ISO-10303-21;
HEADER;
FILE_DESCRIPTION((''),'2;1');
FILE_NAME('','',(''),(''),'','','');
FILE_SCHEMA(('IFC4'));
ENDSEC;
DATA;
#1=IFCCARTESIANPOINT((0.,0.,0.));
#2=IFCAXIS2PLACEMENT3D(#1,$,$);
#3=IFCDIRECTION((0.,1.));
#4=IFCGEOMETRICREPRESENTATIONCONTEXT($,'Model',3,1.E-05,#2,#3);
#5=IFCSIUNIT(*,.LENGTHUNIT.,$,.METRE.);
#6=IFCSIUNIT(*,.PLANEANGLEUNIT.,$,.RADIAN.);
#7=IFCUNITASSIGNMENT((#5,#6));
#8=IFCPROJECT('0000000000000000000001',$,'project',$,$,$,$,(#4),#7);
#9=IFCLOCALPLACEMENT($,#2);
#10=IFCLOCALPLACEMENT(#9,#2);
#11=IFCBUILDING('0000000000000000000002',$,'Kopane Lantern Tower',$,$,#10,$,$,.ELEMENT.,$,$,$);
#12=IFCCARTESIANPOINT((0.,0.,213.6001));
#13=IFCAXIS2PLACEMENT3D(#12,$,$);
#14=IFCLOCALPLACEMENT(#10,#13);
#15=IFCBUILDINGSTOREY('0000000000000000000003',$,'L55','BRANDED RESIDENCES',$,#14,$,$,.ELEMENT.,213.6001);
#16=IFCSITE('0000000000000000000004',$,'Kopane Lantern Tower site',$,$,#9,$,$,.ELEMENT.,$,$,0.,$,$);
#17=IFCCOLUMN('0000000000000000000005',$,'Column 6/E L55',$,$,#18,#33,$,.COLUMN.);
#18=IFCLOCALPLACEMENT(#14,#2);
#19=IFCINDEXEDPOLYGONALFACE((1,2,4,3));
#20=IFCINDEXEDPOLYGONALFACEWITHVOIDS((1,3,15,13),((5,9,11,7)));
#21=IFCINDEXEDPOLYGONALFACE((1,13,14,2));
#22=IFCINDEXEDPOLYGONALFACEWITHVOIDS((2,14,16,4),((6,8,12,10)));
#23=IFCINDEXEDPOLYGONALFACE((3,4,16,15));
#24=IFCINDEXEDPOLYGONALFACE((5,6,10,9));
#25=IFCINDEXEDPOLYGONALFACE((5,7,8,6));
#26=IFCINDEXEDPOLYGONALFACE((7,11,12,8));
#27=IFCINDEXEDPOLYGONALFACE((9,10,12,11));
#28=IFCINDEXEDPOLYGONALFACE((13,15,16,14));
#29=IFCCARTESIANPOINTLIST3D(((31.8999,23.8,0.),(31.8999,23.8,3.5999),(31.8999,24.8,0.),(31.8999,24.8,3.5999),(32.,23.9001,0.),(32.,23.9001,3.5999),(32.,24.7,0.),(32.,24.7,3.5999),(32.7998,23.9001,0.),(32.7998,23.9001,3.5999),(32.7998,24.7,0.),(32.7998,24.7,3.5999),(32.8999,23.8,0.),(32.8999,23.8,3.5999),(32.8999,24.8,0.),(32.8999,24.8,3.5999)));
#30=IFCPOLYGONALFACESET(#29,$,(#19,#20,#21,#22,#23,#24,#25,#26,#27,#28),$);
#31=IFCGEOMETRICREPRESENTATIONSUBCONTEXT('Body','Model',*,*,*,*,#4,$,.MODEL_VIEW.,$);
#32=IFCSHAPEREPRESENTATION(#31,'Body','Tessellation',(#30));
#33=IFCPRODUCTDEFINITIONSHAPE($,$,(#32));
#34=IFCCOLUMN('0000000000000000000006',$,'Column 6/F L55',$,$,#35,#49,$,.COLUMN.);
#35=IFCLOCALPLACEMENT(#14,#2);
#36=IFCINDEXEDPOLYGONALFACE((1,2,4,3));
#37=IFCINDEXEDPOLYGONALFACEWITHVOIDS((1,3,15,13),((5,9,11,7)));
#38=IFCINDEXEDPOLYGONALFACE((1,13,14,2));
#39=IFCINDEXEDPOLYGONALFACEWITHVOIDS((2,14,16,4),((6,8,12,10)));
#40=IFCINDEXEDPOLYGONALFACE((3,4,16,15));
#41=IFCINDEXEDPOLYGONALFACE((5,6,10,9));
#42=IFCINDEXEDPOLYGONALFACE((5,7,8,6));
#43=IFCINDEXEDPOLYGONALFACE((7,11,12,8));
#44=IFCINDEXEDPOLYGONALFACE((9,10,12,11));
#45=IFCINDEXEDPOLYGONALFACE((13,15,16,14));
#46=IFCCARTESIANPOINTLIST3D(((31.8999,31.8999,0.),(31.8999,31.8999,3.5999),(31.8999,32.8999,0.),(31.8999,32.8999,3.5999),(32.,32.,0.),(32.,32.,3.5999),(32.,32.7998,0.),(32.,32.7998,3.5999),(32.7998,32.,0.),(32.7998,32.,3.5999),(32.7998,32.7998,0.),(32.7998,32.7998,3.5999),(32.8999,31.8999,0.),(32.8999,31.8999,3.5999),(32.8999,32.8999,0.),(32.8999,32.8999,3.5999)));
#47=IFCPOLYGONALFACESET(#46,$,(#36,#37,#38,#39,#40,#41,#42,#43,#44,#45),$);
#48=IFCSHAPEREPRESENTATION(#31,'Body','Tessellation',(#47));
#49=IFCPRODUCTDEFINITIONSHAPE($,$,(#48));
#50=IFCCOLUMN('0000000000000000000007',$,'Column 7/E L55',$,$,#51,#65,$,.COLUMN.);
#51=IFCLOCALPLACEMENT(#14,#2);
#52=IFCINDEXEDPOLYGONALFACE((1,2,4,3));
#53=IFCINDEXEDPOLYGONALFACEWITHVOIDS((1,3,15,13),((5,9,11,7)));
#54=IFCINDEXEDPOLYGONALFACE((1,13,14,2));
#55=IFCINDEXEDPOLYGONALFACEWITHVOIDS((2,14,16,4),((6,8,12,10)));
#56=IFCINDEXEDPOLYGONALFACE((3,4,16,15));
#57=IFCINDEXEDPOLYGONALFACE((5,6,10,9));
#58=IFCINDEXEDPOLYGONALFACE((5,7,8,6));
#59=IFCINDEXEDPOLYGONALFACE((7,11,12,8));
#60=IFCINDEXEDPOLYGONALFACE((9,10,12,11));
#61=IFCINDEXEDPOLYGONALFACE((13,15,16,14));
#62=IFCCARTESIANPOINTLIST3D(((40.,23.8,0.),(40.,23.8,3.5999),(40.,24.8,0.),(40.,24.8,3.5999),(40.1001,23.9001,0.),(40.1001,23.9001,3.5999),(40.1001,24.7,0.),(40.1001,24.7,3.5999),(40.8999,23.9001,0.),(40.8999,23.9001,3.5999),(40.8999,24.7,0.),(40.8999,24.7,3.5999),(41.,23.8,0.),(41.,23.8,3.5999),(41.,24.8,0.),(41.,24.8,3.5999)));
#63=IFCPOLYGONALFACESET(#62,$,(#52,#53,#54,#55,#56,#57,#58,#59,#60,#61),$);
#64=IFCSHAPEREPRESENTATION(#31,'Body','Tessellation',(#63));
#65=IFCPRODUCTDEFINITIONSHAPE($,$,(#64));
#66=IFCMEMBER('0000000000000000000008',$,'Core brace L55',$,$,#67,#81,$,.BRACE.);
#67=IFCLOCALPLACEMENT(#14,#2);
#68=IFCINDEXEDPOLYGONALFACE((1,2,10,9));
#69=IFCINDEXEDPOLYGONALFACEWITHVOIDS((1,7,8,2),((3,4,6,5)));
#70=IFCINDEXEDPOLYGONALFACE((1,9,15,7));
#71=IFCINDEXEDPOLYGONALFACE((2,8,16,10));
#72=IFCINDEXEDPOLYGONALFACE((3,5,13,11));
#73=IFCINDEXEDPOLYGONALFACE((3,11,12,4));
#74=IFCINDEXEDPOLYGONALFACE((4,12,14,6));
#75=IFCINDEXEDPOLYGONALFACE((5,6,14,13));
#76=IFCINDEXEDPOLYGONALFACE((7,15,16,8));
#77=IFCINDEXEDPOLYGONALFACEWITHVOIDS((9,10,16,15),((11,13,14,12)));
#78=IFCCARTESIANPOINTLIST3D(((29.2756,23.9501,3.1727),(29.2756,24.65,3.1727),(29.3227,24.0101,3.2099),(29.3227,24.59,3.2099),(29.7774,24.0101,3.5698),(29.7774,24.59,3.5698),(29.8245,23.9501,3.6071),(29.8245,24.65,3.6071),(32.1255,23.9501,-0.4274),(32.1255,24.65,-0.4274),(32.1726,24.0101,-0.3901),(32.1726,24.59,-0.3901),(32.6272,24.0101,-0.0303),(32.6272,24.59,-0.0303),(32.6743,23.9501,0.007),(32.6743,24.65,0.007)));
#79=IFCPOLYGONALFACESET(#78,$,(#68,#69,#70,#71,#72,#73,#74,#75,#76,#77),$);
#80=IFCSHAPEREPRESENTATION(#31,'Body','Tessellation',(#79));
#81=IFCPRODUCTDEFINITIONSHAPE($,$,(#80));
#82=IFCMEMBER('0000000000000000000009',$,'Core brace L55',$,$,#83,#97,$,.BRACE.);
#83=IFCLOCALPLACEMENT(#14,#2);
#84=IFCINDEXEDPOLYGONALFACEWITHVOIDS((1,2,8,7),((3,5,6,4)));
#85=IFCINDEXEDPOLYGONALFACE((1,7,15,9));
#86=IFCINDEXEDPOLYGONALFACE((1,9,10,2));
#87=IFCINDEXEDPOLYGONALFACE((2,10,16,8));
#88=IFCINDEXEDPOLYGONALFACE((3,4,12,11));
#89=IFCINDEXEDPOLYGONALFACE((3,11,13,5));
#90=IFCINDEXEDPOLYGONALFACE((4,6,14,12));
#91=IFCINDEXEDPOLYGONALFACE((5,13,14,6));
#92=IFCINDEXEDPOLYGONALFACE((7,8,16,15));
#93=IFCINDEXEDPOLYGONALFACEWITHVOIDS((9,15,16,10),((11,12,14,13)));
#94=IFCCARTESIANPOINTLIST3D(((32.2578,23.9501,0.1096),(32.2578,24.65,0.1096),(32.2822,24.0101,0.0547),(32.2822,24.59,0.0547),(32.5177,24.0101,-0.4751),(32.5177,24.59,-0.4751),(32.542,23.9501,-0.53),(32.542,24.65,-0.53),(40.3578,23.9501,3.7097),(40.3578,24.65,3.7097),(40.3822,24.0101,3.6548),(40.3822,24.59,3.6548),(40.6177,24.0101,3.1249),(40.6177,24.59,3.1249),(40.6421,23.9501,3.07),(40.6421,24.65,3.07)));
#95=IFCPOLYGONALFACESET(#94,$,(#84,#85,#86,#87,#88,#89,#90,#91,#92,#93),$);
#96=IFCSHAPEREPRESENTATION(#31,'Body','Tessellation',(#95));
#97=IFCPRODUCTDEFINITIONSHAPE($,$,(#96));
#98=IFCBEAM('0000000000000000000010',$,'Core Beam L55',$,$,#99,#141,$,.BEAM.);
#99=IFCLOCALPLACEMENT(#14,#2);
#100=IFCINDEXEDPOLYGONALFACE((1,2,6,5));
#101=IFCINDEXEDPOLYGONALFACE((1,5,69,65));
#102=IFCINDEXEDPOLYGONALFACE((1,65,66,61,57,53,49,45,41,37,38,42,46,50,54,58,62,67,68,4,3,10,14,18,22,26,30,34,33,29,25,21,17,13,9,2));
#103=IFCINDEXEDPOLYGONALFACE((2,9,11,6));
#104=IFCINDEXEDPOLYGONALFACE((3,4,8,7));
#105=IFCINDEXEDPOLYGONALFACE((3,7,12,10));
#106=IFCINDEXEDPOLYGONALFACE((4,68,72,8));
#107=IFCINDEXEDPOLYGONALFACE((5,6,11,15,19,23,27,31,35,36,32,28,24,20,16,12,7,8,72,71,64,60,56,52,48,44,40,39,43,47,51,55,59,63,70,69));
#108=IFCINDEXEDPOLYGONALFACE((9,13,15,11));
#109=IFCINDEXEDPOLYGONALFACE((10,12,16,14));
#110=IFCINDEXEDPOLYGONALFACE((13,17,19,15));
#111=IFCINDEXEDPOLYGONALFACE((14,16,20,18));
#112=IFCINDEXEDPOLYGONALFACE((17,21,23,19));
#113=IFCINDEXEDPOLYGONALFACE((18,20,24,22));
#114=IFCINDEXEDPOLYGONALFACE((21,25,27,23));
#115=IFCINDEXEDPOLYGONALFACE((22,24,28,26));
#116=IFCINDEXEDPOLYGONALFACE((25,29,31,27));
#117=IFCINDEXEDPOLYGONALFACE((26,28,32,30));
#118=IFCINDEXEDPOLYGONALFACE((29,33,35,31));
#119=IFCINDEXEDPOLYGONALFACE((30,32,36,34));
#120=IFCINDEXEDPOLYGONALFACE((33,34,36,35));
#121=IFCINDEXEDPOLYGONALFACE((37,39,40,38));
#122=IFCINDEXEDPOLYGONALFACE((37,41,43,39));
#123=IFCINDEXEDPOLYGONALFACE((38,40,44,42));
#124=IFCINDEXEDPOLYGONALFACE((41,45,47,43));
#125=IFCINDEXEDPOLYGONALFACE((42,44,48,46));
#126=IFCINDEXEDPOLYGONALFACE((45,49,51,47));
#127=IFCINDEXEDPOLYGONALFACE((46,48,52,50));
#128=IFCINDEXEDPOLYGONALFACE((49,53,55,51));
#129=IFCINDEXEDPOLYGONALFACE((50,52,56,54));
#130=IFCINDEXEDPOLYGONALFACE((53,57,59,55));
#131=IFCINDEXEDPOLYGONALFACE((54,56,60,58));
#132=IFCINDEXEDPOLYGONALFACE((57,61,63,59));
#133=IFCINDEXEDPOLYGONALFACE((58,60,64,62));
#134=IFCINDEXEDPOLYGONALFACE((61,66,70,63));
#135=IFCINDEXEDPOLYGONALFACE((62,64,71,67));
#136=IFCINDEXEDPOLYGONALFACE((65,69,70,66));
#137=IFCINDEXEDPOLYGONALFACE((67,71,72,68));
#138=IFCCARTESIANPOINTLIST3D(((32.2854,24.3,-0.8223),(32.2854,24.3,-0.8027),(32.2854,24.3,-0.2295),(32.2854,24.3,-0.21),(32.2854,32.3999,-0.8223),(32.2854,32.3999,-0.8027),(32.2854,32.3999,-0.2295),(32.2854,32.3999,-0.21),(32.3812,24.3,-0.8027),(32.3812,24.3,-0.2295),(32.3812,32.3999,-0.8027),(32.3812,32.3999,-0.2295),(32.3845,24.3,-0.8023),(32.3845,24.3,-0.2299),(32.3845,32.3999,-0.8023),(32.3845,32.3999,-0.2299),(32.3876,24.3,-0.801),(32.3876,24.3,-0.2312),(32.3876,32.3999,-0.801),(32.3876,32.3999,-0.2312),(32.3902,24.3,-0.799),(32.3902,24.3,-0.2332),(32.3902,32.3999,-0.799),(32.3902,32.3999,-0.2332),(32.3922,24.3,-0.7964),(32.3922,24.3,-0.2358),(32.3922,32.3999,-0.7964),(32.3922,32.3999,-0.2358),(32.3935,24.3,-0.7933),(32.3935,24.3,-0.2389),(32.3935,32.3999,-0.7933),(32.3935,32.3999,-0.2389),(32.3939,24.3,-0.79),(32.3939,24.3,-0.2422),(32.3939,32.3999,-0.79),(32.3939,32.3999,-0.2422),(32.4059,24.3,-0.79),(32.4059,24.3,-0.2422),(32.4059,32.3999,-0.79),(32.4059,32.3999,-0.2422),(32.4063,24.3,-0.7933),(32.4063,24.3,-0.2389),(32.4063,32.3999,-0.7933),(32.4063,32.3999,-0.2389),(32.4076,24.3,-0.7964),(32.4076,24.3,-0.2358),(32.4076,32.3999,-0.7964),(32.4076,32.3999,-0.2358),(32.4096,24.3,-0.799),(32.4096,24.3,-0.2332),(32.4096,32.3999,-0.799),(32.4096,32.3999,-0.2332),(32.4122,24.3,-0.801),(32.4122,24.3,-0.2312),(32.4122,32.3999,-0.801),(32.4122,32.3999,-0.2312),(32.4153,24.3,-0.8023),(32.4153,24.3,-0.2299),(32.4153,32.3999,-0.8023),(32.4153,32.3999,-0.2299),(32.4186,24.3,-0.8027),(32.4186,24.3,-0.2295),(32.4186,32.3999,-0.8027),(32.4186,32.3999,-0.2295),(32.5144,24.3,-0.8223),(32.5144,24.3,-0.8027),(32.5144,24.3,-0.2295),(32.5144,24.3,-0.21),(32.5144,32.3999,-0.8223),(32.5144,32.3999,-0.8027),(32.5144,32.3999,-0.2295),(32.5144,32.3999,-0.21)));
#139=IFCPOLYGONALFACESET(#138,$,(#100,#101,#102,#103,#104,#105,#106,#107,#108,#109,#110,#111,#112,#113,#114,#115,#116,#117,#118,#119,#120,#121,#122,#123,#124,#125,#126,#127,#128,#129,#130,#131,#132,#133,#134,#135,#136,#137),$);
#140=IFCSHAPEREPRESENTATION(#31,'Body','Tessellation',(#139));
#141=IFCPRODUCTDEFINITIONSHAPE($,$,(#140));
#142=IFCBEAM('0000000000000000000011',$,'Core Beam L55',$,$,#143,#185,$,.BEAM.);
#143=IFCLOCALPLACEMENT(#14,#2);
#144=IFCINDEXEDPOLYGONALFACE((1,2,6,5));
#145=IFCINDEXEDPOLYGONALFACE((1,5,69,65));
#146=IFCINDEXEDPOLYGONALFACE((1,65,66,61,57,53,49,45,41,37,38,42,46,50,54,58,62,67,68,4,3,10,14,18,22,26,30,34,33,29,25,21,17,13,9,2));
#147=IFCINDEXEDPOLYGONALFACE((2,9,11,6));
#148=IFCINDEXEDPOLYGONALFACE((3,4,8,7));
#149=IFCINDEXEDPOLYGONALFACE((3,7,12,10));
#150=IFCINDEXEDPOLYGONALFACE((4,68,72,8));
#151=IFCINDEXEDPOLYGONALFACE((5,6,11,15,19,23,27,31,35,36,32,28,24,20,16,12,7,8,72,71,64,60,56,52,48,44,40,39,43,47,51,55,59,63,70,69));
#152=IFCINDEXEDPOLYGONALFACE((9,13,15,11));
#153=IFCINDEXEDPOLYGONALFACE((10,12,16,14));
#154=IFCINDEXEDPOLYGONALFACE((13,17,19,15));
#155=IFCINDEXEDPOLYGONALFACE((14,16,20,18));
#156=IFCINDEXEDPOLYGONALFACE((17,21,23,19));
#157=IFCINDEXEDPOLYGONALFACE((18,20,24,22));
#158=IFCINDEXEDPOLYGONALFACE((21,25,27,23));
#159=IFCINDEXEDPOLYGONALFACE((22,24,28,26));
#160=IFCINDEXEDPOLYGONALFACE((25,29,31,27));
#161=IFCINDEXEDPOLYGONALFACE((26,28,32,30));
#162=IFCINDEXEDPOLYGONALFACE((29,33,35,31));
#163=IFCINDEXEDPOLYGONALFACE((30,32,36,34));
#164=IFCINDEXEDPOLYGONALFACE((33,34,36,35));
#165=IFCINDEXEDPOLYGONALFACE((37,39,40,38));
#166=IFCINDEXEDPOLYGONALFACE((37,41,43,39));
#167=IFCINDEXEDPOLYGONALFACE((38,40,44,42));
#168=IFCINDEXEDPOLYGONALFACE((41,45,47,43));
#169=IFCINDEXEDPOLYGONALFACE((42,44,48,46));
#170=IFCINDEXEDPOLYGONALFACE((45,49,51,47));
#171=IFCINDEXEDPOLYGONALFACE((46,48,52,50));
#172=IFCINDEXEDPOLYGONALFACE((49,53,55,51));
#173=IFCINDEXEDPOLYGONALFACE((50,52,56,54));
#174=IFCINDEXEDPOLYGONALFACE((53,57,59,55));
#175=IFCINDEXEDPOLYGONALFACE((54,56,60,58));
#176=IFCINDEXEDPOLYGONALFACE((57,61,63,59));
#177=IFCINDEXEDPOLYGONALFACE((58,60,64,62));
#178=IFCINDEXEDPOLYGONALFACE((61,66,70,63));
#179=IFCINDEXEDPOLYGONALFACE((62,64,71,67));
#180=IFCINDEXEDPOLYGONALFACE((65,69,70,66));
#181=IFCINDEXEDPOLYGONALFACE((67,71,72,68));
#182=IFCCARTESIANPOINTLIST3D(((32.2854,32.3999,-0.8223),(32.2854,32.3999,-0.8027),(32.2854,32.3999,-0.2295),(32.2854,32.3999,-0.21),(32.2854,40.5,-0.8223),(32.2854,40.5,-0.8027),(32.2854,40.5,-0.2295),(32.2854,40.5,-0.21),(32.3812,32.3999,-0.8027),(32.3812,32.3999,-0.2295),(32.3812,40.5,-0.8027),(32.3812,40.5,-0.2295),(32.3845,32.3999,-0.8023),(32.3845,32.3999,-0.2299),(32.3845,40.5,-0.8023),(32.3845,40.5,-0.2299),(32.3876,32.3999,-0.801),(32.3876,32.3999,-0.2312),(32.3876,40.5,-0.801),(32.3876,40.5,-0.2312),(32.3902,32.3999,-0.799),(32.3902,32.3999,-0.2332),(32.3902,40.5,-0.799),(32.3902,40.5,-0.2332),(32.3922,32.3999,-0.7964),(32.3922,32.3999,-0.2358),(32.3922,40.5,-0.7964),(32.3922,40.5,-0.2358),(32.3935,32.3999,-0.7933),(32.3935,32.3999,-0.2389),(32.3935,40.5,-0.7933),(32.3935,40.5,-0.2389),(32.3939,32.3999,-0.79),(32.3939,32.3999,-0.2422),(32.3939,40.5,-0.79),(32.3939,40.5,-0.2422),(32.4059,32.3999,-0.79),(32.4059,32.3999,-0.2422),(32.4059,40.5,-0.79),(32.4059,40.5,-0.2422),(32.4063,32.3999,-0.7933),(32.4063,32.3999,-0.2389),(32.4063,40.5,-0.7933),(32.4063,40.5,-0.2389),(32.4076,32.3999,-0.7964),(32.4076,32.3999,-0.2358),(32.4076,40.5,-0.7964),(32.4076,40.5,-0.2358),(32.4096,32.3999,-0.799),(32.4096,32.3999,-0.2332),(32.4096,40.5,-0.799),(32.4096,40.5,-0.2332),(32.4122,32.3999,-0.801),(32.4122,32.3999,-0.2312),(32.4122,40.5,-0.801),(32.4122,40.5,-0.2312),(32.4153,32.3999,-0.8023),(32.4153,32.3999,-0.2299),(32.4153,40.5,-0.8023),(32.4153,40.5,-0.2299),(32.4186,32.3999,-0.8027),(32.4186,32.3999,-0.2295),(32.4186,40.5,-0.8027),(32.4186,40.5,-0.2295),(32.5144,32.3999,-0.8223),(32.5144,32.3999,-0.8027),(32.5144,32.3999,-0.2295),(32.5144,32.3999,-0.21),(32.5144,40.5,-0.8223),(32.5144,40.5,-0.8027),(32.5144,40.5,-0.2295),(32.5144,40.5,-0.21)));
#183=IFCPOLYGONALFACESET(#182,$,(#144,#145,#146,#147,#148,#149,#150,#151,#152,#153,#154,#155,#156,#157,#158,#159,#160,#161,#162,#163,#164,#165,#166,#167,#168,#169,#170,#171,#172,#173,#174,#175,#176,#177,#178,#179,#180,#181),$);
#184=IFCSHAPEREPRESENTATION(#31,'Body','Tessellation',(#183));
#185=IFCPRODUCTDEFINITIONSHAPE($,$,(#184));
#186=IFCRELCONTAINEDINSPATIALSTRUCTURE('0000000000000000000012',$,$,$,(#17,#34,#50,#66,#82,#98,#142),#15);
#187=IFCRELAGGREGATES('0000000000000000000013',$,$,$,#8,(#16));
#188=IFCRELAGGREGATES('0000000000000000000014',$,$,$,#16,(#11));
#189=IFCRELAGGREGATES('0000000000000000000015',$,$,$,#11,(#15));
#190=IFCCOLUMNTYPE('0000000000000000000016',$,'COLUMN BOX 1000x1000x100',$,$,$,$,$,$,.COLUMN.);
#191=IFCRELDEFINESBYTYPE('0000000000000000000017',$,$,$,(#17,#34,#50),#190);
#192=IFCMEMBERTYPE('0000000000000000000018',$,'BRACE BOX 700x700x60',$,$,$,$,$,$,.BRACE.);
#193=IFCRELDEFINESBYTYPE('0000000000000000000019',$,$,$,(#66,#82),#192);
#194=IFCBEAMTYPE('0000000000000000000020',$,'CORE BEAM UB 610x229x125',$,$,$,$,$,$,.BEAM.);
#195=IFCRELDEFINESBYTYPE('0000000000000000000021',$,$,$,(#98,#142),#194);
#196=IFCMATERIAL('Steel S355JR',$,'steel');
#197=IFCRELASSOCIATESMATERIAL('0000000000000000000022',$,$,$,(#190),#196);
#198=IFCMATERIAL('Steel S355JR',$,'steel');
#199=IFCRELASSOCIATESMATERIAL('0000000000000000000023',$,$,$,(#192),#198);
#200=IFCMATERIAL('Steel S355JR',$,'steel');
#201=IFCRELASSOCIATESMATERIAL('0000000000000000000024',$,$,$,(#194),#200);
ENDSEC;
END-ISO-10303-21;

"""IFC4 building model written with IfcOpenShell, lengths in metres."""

from ifc_helpers import new_model, si_unit, direction, frame, origin, origin_2d, place, context, subcontext, project, spatial, hollow_rectangle, i_section, extrude, material, material_profile, profile_set, type_object, element, save


model = new_model("IFC4")

# Units and contexts
model_context = context("Model", 3, precision=1e-05, world=origin(), true_north=direction((0.0, 1.0)))
body_context = subcontext(model_context, "Body", "Model", "MODEL_VIEW")
ifc_project = project(units=[si_unit("LENGTHUNIT", "METRE"), si_unit("PLANEANGLEUNIT", "RADIAN")], contexts=[model_context])

# Site, building, storey
site_placement = place(None, origin())
site = spatial("IfcSite", under=ifc_project, at=site_placement, Name="Kopane Lantern Tower site", CompositionType="ELEMENT", RefElevation=0.0)
building_placement = place(site_placement, origin())
building = spatial("IfcBuilding", under=site, at=building_placement, Name="Kopane Lantern Tower", CompositionType="ELEMENT")
storey_placement = place(building_placement, frame((0.0, 0.0, 213.6001)))
storey = spatial("IfcBuildingStorey", under=building, at=storey_placement, Name="L55", Description="BRANDED RESIDENCES", CompositionType="ELEMENT", Elevation=213.6001)

# Columns
ifc_material_1 = material(Name="Steel S355JR", Category="steel")
ifc_material_profile_1 = material_profile(ifc_material_1, hollow_rectangle(XDim=1.0, YDim=1.0, WallThickness=0.1001, at=origin_2d()), Name="BOX 1000x1000x100")
ifc_profile_set_1 = profile_set([ifc_material_profile_1], Name="Steel S355JR")
column_type = type_object("IfcColumnType", Name="COLUMN BOX 1000x1000x100", PredefinedType="COLUMN", material=ifc_profile_set_1)
for number, where, z_axis, x_axis, name in (
    (1, (32.3999, 24.3, 0.0), (0.0, 0.0, 1.0), (1.0, 0.0, 0.0), "Column 6/E L55"),
    (2, (32.3999, 32.3999, 0.0), (0.0, 0.0, 1.0), (1.0, 0.0, 0.0), "Column 6/F L55"),
    (3, (40.5, 24.3, 0.0), (0.0, 0.0, 1.0), (1.0, 0.0, 0.0), "Column 7/E L55"),
):
    element("IfcColumn", number, at=place(storey_placement, frame(where, z_axis=z_axis, x_axis=x_axis)), inside=storey, type_object=column_type, Name=name, PredefinedType="COLUMN", context=body_context, shape_type="SweptSolid", body=[
        extrude(hollow_rectangle(XDim=1.0, YDim=1.0, WallThickness=0.1001, at=origin_2d()), origin(), (0.0, 0.0, 1.0), 3.5999),
    ])

# Members
ifc_material_2 = material(Name="Steel S355JR", Category="steel")
ifc_material_profile_2 = material_profile(ifc_material_2, hollow_rectangle(XDim=0.7, YDim=0.7, WallThickness=0.0601, at=origin_2d()), Name="BOX 700x700x60")
ifc_profile_set_2 = profile_set([ifc_material_profile_2], Name="Steel S355JR")
member_type = type_object("IfcMemberType", Name="BRACE BOX 700x700x60", PredefinedType="BRACE", material=ifc_profile_set_2)
member_1_placement = place(storey_placement, frame((32.3999, 24.3, -0.2102), z_axis=(-0.620673, 0.0, 0.78407), x_axis=(0.0, -1.0, 0.0)))
element("IfcMember", 4, at=member_1_placement, inside=storey, type_object=member_type, Name="Core brace L55", PredefinedType="BRACE", context=body_context, shape_type="SweptSolid", body=[
    extrude(hollow_rectangle(XDim=0.7, YDim=0.7, WallThickness=0.0601, at=origin_2d()), origin(), (0.0, 0.0, 1.0), 4.5916),
])
member_2_placement = place(storey_placement, frame((32.3999, 24.3, -0.2102), z_axis=(0.913809, 0.0, 0.406144), x_axis=(0.0, 1.0, 0.0)))
element("IfcMember", 5, at=member_2_placement, inside=storey, type_object=member_type, Name="Core brace L55", PredefinedType="BRACE", context=body_context, shape_type="SweptSolid", body=[
    extrude(hollow_rectangle(XDim=0.7, YDim=0.7, WallThickness=0.0601, at=origin_2d()), origin(), (0.0, 0.0, 1.0), 8.864),
])

# Beams
ifc_material_3 = material(Name="Steel S355JR", Category="steel")
ifc_material_profile_3 = material_profile(ifc_material_3, i_section(OverallWidth=0.229, OverallDepth=0.6123, WebThickness=0.012, FlangeThickness=0.0195, FilletRadius=0.0127, at=origin_2d()), Name="UB 610x229x125")
ifc_profile_set_3 = profile_set([ifc_material_profile_3], Name="Steel S355JR")
beam_type_1 = type_object("IfcBeamType", Name="CORE BEAM UB 610x229x125", PredefinedType="BEAM", material=ifc_profile_set_3)
beam_1_placement = place(storey_placement, frame((32.3999, 24.3, -0.5161), z_axis=(0.0, 1.0, 0.0), x_axis=(-1.0, 0.0, 0.0)))
element("IfcBeam", 6, at=beam_1_placement, inside=storey, type_object=beam_type_1, Name="Core Beam L55", PredefinedType="BEAM", context=body_context, shape_type="SweptSolid", body=[
    extrude(i_section(OverallWidth=0.229, OverallDepth=0.6123, WebThickness=0.012, FlangeThickness=0.0195, FilletRadius=0.0127, at=origin_2d()), origin(), (0.0, 0.0, 1.0), 8.0999),
])
for number, where, z_axis, x_axis, name in (
    (7, (32.3999, 32.3999, -0.5161), (0.0, 1.0, 0.0), (-1.0, 0.0, 0.0), "Core Beam L55"),
):
    element("IfcBeam", number, at=place(storey_placement, frame(where, z_axis=z_axis, x_axis=x_axis)), inside=storey, type_object=beam_type_1, Name=name, PredefinedType="BEAM", context=body_context, shape_type="SweptSolid", body=[
        extrude(i_section(OverallWidth=0.229, OverallDepth=0.6123, WebThickness=0.012, FlangeThickness=0.0195, FilletRadius=0.0127, at=origin_2d()), origin(), (0.0, 0.0, 1.0), 8.1001),
    ])

save(model, "model.ifc")
